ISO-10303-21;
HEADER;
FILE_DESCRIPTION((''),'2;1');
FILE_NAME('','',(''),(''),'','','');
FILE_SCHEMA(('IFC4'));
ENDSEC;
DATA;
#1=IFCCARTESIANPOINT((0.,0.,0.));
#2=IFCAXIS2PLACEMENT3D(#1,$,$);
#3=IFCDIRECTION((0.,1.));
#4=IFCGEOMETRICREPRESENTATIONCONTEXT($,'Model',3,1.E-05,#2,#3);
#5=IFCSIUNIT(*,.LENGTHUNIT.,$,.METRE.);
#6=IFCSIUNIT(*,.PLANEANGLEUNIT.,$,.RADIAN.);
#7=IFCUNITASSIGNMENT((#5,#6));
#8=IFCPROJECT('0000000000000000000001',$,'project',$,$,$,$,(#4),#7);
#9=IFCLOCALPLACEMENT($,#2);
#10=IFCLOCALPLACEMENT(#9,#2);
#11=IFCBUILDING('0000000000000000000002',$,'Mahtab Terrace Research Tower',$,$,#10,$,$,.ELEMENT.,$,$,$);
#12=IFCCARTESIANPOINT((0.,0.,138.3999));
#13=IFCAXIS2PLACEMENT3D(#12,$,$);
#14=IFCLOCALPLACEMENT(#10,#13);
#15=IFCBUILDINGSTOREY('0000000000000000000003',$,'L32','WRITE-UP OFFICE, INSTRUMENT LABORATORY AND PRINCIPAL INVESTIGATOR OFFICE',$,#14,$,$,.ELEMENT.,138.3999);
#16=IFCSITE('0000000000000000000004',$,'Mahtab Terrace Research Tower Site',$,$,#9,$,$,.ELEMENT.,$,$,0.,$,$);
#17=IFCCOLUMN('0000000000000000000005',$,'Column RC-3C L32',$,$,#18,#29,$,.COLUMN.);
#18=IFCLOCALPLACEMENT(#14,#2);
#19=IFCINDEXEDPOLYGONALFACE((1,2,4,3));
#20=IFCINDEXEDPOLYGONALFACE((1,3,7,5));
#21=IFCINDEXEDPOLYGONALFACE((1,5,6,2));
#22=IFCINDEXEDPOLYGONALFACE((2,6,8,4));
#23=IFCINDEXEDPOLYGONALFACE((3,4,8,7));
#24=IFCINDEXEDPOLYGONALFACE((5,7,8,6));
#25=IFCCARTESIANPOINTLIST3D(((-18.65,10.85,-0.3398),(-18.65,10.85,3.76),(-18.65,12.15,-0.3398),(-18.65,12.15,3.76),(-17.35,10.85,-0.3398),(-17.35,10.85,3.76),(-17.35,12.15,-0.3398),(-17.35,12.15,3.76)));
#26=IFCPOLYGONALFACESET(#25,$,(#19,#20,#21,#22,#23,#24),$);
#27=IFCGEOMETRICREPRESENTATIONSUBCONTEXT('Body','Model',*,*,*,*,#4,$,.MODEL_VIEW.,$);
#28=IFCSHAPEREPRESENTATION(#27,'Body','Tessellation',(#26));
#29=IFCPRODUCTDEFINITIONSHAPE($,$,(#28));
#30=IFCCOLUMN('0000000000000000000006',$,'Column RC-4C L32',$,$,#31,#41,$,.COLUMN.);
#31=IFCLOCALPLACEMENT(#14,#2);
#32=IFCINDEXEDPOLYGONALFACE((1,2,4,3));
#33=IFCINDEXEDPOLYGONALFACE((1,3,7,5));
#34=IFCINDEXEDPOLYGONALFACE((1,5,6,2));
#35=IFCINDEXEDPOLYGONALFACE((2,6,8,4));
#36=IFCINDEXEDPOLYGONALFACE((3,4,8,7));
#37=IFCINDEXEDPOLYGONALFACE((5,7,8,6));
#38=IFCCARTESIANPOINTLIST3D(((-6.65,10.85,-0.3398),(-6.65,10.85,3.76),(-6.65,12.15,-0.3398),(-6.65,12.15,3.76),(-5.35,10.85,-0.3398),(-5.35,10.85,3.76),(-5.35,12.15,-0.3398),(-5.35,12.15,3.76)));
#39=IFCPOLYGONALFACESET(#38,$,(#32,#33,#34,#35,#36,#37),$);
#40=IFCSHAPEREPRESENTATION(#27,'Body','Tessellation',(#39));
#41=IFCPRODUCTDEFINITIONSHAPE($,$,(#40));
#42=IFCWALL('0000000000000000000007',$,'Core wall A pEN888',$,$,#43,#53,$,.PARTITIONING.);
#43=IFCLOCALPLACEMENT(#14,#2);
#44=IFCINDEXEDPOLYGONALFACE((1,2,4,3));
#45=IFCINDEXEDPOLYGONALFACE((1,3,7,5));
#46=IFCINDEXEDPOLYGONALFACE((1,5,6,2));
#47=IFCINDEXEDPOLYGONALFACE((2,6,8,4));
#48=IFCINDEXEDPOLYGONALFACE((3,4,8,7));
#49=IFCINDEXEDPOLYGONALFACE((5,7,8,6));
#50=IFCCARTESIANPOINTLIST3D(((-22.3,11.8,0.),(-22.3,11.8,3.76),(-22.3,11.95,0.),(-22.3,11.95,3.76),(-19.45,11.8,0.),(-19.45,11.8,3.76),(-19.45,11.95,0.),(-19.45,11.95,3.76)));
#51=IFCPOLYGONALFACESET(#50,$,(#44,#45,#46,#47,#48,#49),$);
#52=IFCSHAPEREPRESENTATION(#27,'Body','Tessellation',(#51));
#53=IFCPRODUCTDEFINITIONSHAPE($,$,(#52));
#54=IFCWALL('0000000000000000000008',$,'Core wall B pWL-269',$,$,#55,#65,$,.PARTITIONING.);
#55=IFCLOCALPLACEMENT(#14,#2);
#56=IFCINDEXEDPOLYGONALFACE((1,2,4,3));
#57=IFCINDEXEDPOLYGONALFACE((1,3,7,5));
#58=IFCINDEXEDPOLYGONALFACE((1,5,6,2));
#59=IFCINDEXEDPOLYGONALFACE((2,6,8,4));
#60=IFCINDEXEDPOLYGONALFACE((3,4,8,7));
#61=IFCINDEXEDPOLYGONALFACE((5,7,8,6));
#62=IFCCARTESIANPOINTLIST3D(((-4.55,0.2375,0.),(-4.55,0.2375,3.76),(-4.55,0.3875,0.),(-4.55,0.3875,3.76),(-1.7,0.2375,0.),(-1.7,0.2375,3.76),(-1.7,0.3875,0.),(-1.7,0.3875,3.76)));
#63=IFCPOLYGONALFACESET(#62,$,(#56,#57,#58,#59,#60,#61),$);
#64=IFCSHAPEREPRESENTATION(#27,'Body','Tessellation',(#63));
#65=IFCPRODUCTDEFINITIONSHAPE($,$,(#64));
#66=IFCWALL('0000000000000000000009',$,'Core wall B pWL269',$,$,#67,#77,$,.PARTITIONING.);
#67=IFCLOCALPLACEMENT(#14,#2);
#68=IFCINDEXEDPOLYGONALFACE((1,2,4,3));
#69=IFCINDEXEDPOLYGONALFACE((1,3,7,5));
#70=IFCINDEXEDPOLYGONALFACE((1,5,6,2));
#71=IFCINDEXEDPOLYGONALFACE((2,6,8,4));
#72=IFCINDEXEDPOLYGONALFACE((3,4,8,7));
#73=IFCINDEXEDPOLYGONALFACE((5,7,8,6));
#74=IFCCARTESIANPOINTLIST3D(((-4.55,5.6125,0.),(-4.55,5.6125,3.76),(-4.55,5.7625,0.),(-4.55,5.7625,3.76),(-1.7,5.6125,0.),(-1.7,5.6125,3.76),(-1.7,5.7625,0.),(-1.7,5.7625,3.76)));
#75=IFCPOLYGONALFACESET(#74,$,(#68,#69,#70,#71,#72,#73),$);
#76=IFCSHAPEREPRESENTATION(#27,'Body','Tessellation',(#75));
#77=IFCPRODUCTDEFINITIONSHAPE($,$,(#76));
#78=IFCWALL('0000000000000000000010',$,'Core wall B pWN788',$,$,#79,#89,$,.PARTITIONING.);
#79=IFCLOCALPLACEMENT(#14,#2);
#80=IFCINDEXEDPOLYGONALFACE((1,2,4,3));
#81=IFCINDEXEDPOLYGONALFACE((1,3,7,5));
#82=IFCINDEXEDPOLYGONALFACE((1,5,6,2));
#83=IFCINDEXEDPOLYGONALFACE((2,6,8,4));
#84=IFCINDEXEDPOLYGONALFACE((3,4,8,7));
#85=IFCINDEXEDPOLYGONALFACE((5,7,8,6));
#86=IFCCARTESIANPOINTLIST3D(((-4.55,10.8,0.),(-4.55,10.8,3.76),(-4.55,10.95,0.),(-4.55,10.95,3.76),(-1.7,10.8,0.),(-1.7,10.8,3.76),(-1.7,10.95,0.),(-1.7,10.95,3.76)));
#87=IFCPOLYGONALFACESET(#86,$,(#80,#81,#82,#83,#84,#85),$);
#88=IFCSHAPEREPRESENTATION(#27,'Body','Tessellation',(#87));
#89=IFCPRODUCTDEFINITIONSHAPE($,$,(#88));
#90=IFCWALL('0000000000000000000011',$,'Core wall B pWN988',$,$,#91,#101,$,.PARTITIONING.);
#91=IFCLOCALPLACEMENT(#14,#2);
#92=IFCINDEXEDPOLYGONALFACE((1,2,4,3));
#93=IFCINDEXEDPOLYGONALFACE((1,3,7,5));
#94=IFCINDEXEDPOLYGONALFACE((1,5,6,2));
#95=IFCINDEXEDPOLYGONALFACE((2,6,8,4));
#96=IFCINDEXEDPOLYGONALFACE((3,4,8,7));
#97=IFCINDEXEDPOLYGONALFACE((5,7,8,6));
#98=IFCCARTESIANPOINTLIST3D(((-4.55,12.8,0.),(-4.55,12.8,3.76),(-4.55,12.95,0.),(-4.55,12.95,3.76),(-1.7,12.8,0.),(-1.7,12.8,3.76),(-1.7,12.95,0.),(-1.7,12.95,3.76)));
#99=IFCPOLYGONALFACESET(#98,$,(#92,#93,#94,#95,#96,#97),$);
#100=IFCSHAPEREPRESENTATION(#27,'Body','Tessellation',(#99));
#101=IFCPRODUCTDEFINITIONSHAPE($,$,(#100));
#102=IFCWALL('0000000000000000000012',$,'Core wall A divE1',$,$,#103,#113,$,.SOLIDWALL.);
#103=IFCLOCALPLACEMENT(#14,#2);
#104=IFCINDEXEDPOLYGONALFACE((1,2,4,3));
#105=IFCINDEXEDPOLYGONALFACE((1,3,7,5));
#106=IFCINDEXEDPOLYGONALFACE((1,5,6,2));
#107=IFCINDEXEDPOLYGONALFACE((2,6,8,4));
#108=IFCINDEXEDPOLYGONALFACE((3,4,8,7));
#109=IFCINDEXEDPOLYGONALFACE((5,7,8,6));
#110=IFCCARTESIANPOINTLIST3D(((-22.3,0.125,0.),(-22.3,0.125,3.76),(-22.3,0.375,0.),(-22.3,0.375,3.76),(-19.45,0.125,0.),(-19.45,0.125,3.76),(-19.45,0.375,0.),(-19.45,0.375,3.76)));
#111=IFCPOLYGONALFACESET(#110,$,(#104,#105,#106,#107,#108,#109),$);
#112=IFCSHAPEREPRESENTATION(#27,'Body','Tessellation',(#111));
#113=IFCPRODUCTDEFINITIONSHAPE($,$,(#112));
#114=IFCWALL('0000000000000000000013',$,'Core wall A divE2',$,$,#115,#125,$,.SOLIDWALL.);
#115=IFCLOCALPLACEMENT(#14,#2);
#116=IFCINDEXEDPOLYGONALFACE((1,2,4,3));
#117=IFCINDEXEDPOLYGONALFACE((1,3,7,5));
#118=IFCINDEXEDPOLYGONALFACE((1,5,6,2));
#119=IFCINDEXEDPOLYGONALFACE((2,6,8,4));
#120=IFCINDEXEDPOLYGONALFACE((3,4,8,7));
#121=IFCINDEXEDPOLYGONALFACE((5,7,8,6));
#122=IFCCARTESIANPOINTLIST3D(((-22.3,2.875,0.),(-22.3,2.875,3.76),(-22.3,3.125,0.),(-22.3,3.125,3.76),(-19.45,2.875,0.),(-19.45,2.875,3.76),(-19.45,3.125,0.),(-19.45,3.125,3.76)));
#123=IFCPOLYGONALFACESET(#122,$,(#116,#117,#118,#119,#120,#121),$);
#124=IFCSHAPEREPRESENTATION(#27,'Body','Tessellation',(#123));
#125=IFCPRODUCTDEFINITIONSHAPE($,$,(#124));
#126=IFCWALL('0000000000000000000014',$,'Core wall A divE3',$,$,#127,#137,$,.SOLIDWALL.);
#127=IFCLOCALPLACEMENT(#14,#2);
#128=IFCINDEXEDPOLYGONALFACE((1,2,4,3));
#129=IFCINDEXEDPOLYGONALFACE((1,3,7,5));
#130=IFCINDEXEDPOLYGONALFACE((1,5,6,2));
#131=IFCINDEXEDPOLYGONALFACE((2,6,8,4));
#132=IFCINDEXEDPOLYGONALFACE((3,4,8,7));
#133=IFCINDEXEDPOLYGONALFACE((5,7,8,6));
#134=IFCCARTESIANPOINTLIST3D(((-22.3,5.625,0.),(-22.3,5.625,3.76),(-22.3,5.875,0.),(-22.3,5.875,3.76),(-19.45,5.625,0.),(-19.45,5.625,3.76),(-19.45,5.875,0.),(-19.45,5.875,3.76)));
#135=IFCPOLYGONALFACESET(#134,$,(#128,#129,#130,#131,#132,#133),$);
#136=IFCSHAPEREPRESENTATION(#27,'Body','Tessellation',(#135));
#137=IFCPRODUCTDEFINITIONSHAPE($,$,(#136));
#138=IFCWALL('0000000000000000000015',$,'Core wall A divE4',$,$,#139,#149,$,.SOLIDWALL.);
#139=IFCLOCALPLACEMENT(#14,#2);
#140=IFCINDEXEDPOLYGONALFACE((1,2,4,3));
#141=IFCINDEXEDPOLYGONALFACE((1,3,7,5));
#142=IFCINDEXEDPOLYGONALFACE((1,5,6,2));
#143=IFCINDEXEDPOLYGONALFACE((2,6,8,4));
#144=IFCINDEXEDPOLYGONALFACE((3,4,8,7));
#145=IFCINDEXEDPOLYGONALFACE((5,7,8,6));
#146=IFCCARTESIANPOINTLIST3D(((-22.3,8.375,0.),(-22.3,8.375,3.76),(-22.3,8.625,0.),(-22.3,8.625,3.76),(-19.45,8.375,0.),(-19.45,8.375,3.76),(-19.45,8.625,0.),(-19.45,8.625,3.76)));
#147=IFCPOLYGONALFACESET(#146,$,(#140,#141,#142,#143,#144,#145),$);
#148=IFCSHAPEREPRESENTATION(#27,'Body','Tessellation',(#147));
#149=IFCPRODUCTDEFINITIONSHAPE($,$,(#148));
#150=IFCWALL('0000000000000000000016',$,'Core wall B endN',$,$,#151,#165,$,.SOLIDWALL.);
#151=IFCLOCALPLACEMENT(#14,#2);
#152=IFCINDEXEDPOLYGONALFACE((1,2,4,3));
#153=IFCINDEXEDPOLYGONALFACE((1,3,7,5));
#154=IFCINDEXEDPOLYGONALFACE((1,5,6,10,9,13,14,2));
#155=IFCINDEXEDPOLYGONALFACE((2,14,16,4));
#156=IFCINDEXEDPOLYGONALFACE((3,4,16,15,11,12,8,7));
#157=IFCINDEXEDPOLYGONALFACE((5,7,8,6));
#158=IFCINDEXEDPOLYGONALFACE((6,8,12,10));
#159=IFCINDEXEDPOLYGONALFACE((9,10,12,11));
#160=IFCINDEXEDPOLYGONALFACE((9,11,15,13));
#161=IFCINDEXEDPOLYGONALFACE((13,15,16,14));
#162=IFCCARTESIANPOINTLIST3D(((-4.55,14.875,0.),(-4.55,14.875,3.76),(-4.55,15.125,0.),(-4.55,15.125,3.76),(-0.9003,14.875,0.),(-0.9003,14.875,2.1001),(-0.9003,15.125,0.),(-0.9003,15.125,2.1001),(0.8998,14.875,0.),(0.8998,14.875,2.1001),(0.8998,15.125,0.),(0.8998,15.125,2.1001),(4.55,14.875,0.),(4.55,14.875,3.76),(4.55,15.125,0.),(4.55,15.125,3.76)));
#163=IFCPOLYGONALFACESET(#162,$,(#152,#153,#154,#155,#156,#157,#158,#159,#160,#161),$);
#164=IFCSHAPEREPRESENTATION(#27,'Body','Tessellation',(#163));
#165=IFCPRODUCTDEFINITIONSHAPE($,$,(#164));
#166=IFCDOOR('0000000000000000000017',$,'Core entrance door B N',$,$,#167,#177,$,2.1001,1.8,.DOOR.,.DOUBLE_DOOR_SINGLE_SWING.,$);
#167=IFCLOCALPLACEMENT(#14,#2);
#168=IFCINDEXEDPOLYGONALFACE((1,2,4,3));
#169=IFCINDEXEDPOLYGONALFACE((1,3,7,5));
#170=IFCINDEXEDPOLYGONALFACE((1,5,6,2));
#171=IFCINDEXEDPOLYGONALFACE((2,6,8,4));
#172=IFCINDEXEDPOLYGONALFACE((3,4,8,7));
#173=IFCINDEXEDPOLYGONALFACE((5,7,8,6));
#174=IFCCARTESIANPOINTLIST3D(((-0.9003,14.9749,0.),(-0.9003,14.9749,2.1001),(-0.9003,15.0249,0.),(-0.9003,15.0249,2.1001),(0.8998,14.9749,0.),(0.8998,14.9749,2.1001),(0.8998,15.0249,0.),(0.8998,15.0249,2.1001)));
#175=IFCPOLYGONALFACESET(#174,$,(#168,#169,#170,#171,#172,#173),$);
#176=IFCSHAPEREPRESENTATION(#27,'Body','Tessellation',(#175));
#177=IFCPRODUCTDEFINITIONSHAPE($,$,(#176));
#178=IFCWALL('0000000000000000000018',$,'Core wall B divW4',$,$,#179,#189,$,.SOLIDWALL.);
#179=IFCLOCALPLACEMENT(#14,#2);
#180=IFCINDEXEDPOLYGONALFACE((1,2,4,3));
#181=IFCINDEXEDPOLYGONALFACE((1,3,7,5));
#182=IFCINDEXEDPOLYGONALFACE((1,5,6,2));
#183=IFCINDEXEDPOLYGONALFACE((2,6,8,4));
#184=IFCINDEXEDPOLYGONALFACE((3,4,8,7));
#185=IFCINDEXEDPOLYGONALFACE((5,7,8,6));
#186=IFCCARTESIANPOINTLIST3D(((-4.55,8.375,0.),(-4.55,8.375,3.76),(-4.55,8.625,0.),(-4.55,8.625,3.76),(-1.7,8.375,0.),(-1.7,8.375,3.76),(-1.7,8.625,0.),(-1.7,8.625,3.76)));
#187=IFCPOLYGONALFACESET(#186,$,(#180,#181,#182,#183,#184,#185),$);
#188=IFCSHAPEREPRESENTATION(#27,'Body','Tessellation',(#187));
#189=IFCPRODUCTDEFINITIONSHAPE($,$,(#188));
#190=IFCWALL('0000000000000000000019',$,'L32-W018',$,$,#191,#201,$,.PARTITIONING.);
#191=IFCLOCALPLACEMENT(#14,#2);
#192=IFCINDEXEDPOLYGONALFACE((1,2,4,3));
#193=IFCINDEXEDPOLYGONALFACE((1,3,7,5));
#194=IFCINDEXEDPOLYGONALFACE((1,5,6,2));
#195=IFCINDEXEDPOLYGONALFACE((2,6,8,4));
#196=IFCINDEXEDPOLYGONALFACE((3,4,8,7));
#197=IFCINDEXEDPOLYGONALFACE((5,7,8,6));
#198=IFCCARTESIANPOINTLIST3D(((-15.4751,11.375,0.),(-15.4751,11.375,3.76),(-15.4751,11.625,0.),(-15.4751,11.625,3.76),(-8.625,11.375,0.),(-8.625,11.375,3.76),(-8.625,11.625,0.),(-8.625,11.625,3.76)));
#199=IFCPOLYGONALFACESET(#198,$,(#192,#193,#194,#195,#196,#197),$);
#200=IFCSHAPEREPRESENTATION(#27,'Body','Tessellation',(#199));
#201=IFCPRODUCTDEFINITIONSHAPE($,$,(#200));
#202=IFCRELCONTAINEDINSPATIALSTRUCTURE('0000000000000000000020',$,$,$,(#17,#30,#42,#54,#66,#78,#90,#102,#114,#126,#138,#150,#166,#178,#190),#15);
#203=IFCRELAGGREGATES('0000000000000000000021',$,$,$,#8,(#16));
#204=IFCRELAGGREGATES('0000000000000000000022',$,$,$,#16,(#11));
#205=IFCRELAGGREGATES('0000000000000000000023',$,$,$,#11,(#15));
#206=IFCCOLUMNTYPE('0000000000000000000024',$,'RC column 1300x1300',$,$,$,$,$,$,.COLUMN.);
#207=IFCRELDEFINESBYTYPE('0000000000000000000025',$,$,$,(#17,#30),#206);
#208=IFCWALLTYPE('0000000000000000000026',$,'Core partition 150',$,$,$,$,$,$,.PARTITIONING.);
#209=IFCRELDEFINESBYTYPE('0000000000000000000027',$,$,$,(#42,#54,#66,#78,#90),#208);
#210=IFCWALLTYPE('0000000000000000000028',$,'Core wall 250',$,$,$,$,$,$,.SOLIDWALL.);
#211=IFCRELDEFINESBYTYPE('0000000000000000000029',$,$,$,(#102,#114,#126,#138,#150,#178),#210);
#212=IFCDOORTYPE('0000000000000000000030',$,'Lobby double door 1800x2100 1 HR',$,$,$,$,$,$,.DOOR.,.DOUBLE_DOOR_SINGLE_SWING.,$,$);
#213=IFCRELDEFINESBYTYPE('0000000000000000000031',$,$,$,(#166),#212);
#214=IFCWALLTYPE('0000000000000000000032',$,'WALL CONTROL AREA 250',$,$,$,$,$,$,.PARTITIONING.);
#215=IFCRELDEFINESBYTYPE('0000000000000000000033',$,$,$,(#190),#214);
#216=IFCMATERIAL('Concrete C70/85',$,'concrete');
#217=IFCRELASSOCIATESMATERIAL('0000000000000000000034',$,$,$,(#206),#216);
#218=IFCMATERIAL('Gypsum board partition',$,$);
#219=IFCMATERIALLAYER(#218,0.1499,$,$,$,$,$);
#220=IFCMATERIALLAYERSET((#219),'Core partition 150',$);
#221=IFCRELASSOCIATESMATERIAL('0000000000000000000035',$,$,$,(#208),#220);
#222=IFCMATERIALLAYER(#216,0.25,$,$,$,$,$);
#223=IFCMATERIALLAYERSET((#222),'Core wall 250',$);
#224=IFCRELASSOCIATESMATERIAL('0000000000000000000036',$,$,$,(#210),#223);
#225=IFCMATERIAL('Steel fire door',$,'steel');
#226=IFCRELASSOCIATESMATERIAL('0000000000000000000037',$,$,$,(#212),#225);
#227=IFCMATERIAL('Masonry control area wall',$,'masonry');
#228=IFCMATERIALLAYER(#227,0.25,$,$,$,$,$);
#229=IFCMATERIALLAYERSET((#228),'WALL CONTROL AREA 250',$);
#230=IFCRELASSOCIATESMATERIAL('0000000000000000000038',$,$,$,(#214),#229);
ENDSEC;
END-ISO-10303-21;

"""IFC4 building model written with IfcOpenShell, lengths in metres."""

from ifc_helpers import new_model, si_unit, direction, frame, frame_2d, origin, origin_2d, place, context, subcontext, project, spatial, rectangle, extrude, material, layer, layer_set, material_profile, profile_set, type_object, element, fill, save


model = new_model("IFC4")

# Units and contexts
model_context = context("Model", 3, precision=1e-05, world=origin(), true_north=direction((0.0, 1.0)))
body_context = subcontext(model_context, "Body", "Model", "MODEL_VIEW")
ifc_project = project(units=[si_unit("LENGTHUNIT", "METRE"), si_unit("PLANEANGLEUNIT", "RADIAN")], contexts=[model_context])

# Site, building, storey
site_placement = place(None, origin())
site = spatial("IfcSite", under=ifc_project, at=site_placement, Name="Mahtab Terrace Research Tower Site", CompositionType="ELEMENT", RefElevation=0.0)
building_placement = place(site_placement, origin())
building = spatial("IfcBuilding", under=site, at=building_placement, Name="Mahtab Terrace Research Tower", CompositionType="ELEMENT")
storey_placement = place(building_placement, frame((0.0, 0.0, 138.3999)))
storey = spatial("IfcBuildingStorey", under=building, at=storey_placement, Name="L32", Description="WRITE-UP OFFICE, INSTRUMENT LABORATORY AND PRINCIPAL INVESTIGATOR OFFICE", CompositionType="ELEMENT", Elevation=138.3999)

# Columns
ifc_material_1 = material(Name="Concrete C70/85", Category="concrete")
ifc_material_profile = material_profile(ifc_material_1, rectangle(XDim=1.3, YDim=1.3, at=origin_2d()), Name="RC column 1300x1300")
ifc_profile_set = profile_set([ifc_material_profile], Name="Concrete C70/85")
column_type = type_object("IfcColumnType", Name="RC column 1300x1300", PredefinedType="COLUMN", material=ifc_profile_set)
for number, where, z_axis, x_axis, name in (
    (1, (-18.0, 11.5, -0.3398), (0.0, 0.0, 1.0), (1.0, 0.0, 0.0), "Column RC-3C L32"),
    (2, (-6.0, 11.5, -0.3398), (0.0, 0.0, 1.0), (1.0, 0.0, 0.0), "Column RC-4C L32"),
):
    element("IfcColumn", number, at=place(storey_placement, frame(where, z_axis=z_axis, x_axis=x_axis)), inside=storey, type_object=column_type, Name=name, PredefinedType="COLUMN", context=body_context, shape_type="SweptSolid", body=[
        extrude(rectangle(XDim=1.3, YDim=1.3, at=origin_2d()), origin(), (0.0, 0.0, 1.0), 4.0999),
    ])

# Walls
ifc_material_2 = material(Name="Gypsum board partition")
ifc_layer_1 = layer(ifc_material_2, 0.1499)
ifc_layer_set_1 = layer_set([ifc_layer_1], Name="Core partition 150")
wall_type_1 = type_object("IfcWallType", Name="Core partition 150", PredefinedType="PARTITIONING", material=ifc_layer_set_1)
for number, where, z_axis, x_axis, name in (
    (3, (-22.3, 11.875, 0.0), (0.0, 0.0, 1.0), (1.0, 0.0, 0.0), "Core wall A pEN888"),
    (4, (-4.55, 0.3125, 0.0), (0.0, 0.0, 1.0), (1.0, 0.0, 0.0), "Core wall B pWL-269"),
    (5, (-4.55, 5.6875, 0.0), (0.0, 0.0, 1.0), (1.0, 0.0, 0.0), "Core wall B pWL269"),
    (6, (-4.55, 10.875, 0.0), (0.0, 0.0, 1.0), (1.0, 0.0, 0.0), "Core wall B pWN788"),
    (7, (-4.55, 12.875, 0.0), (0.0, 0.0, 1.0), (1.0, 0.0, 0.0), "Core wall B pWN988"),
):
    element("IfcWall", number, at=place(storey_placement, frame(where, z_axis=z_axis, x_axis=x_axis)), inside=storey, type_object=wall_type_1, Name=name, PredefinedType="PARTITIONING", context=body_context, shape_type="SweptSolid", body=[
        extrude(rectangle(XDim=2.8501, YDim=0.1499, at=frame_2d((1.425, 0.0))), origin(), (0.0, 0.0, 1.0), 3.76),
    ])
ifc_layer_2 = layer(ifc_material_1, 0.25)
ifc_layer_set_2 = layer_set([ifc_layer_2], Name="Core wall 250")
wall_type_2 = type_object("IfcWallType", Name="Core wall 250", PredefinedType="SOLIDWALL", material=ifc_layer_set_2)
for number, where, z_axis, x_axis, name in (
    (8, (-22.3, 0.25, 0.0), (0.0, 0.0, 1.0), (1.0, 0.0, 0.0), "Core wall A divE1"),
    (9, (-22.3, 3.0, 0.0), (0.0, 0.0, 1.0), (1.0, 0.0, 0.0), "Core wall A divE2"),
    (10, (-22.3, 5.75, 0.0), (0.0, 0.0, 1.0), (1.0, 0.0, 0.0), "Core wall A divE3"),
    (11, (-22.3, 8.5, 0.0), (0.0, 0.0, 1.0), (1.0, 0.0, 0.0), "Core wall A divE4"),
):
    element("IfcWall", number, at=place(storey_placement, frame(where, z_axis=z_axis, x_axis=x_axis)), inside=storey, type_object=wall_type_2, Name=name, PredefinedType="SOLIDWALL", context=body_context, shape_type="SweptSolid", body=[
        extrude(rectangle(XDim=2.8501, YDim=0.25, at=frame_2d((1.425, 0.0))), origin(), (0.0, 0.0, 1.0), 3.76),
    ])

# Wall, opening, door
wall_1_placement = place(storey_placement, frame((-4.55, 15.0, 0.0), z_axis=(0.0, 0.0, 1.0), x_axis=(1.0, 0.0, 0.0)))
wall_1 = element("IfcWall", 12, at=wall_1_placement, inside=storey, type_object=wall_type_2, Name="Core wall B endN", PredefinedType="SOLIDWALL", context=body_context, shape_type="SweptSolid", body=[
    extrude(rectangle(XDim=9.1001, YDim=0.25, at=frame_2d((4.55, 0.0))), origin(), (0.0, 0.0, 1.0), 3.76),
])
opening_1_placement = place(wall_1_placement, frame((3.6499, 0.0, 0.0)))
opening_1 = element("IfcOpeningElement", 13, at=opening_1_placement, cuts=wall_1, PredefinedType="OPENING", context=body_context, shape_type="SweptSolid", body=[
    extrude(rectangle(XDim=1.8, YDim=2.1001, at=frame_2d((0.8999, 1.05))), frame((0.0, 0.135, 0.0), z_axis=(0.0, -1.0, 0.0), x_axis=(1.0, 0.0, 0.0)), (0.0, 0.0, 1.0), 0.27),
])
ifc_material_3 = material(Name="Steel fire door", Category="steel")
door_type_1 = type_object("IfcDoorType", Name="Lobby double door 1800x2100 1 HR", OperationType="DOUBLE_DOOR_SINGLE_SWING", PredefinedType="DOOR", material=ifc_material_3)
door_1_placement = place(opening_1_placement, origin())
door_1 = element("IfcDoor", 14, at=door_1_placement, inside=storey, type_object=door_type_1, Name="Core entrance door B N", OperationType="DOUBLE_DOOR_SINGLE_SWING", OverallHeight=2.1001, OverallWidth=1.8, PredefinedType="DOOR", context=body_context, shape_type="SweptSolid", body=[
    extrude(rectangle(XDim=1.8, YDim=2.1001, at=frame_2d((0.8999, 1.05))), frame((0.0, 0.0249, 0.0), z_axis=(0.0, -1.0, 0.0), x_axis=(1.0, 0.0, 0.0)), (0.0, 0.0, 1.0), 0.05),
])
fill(opening_1, door_1)

# Walls
wall_2_placement = place(storey_placement, frame((-4.55, 8.5, 0.0), z_axis=(0.0, 0.0, 1.0), x_axis=(1.0, 0.0, 0.0)))
element("IfcWall", 15, at=wall_2_placement, inside=storey, type_object=wall_type_2, Name="Core wall B divW4", PredefinedType="SOLIDWALL", context=body_context, shape_type="SweptSolid", body=[
    extrude(rectangle(XDim=2.8501, YDim=0.25, at=frame_2d((1.425, 0.0))), origin(), (0.0, 0.0, 1.0), 3.76),
])
ifc_material_4 = material(Name="Masonry control area wall", Category="masonry")
ifc_layer_3 = layer(ifc_material_4, 0.25)
ifc_layer_set_3 = layer_set([ifc_layer_3], Name="WALL CONTROL AREA 250")
wall_type_3 = type_object("IfcWallType", Name="WALL CONTROL AREA 250", PredefinedType="PARTITIONING", material=ifc_layer_set_3)
wall_3_placement = place(storey_placement, frame((-15.4751, 11.5, 0.0), z_axis=(0.0, 0.0, 1.0), x_axis=(1.0, 0.0, 0.0)))
element("IfcWall", 16, at=wall_3_placement, inside=storey, type_object=wall_type_3, Name="L32-W018", PredefinedType="PARTITIONING", context=body_context, shape_type="SweptSolid", body=[
    extrude(rectangle(XDim=6.8501, YDim=0.25, at=frame_2d((3.425, 0.0))), origin(), (0.0, 0.0, 1.0), 3.76),
])

save(model, "model.ifc")
